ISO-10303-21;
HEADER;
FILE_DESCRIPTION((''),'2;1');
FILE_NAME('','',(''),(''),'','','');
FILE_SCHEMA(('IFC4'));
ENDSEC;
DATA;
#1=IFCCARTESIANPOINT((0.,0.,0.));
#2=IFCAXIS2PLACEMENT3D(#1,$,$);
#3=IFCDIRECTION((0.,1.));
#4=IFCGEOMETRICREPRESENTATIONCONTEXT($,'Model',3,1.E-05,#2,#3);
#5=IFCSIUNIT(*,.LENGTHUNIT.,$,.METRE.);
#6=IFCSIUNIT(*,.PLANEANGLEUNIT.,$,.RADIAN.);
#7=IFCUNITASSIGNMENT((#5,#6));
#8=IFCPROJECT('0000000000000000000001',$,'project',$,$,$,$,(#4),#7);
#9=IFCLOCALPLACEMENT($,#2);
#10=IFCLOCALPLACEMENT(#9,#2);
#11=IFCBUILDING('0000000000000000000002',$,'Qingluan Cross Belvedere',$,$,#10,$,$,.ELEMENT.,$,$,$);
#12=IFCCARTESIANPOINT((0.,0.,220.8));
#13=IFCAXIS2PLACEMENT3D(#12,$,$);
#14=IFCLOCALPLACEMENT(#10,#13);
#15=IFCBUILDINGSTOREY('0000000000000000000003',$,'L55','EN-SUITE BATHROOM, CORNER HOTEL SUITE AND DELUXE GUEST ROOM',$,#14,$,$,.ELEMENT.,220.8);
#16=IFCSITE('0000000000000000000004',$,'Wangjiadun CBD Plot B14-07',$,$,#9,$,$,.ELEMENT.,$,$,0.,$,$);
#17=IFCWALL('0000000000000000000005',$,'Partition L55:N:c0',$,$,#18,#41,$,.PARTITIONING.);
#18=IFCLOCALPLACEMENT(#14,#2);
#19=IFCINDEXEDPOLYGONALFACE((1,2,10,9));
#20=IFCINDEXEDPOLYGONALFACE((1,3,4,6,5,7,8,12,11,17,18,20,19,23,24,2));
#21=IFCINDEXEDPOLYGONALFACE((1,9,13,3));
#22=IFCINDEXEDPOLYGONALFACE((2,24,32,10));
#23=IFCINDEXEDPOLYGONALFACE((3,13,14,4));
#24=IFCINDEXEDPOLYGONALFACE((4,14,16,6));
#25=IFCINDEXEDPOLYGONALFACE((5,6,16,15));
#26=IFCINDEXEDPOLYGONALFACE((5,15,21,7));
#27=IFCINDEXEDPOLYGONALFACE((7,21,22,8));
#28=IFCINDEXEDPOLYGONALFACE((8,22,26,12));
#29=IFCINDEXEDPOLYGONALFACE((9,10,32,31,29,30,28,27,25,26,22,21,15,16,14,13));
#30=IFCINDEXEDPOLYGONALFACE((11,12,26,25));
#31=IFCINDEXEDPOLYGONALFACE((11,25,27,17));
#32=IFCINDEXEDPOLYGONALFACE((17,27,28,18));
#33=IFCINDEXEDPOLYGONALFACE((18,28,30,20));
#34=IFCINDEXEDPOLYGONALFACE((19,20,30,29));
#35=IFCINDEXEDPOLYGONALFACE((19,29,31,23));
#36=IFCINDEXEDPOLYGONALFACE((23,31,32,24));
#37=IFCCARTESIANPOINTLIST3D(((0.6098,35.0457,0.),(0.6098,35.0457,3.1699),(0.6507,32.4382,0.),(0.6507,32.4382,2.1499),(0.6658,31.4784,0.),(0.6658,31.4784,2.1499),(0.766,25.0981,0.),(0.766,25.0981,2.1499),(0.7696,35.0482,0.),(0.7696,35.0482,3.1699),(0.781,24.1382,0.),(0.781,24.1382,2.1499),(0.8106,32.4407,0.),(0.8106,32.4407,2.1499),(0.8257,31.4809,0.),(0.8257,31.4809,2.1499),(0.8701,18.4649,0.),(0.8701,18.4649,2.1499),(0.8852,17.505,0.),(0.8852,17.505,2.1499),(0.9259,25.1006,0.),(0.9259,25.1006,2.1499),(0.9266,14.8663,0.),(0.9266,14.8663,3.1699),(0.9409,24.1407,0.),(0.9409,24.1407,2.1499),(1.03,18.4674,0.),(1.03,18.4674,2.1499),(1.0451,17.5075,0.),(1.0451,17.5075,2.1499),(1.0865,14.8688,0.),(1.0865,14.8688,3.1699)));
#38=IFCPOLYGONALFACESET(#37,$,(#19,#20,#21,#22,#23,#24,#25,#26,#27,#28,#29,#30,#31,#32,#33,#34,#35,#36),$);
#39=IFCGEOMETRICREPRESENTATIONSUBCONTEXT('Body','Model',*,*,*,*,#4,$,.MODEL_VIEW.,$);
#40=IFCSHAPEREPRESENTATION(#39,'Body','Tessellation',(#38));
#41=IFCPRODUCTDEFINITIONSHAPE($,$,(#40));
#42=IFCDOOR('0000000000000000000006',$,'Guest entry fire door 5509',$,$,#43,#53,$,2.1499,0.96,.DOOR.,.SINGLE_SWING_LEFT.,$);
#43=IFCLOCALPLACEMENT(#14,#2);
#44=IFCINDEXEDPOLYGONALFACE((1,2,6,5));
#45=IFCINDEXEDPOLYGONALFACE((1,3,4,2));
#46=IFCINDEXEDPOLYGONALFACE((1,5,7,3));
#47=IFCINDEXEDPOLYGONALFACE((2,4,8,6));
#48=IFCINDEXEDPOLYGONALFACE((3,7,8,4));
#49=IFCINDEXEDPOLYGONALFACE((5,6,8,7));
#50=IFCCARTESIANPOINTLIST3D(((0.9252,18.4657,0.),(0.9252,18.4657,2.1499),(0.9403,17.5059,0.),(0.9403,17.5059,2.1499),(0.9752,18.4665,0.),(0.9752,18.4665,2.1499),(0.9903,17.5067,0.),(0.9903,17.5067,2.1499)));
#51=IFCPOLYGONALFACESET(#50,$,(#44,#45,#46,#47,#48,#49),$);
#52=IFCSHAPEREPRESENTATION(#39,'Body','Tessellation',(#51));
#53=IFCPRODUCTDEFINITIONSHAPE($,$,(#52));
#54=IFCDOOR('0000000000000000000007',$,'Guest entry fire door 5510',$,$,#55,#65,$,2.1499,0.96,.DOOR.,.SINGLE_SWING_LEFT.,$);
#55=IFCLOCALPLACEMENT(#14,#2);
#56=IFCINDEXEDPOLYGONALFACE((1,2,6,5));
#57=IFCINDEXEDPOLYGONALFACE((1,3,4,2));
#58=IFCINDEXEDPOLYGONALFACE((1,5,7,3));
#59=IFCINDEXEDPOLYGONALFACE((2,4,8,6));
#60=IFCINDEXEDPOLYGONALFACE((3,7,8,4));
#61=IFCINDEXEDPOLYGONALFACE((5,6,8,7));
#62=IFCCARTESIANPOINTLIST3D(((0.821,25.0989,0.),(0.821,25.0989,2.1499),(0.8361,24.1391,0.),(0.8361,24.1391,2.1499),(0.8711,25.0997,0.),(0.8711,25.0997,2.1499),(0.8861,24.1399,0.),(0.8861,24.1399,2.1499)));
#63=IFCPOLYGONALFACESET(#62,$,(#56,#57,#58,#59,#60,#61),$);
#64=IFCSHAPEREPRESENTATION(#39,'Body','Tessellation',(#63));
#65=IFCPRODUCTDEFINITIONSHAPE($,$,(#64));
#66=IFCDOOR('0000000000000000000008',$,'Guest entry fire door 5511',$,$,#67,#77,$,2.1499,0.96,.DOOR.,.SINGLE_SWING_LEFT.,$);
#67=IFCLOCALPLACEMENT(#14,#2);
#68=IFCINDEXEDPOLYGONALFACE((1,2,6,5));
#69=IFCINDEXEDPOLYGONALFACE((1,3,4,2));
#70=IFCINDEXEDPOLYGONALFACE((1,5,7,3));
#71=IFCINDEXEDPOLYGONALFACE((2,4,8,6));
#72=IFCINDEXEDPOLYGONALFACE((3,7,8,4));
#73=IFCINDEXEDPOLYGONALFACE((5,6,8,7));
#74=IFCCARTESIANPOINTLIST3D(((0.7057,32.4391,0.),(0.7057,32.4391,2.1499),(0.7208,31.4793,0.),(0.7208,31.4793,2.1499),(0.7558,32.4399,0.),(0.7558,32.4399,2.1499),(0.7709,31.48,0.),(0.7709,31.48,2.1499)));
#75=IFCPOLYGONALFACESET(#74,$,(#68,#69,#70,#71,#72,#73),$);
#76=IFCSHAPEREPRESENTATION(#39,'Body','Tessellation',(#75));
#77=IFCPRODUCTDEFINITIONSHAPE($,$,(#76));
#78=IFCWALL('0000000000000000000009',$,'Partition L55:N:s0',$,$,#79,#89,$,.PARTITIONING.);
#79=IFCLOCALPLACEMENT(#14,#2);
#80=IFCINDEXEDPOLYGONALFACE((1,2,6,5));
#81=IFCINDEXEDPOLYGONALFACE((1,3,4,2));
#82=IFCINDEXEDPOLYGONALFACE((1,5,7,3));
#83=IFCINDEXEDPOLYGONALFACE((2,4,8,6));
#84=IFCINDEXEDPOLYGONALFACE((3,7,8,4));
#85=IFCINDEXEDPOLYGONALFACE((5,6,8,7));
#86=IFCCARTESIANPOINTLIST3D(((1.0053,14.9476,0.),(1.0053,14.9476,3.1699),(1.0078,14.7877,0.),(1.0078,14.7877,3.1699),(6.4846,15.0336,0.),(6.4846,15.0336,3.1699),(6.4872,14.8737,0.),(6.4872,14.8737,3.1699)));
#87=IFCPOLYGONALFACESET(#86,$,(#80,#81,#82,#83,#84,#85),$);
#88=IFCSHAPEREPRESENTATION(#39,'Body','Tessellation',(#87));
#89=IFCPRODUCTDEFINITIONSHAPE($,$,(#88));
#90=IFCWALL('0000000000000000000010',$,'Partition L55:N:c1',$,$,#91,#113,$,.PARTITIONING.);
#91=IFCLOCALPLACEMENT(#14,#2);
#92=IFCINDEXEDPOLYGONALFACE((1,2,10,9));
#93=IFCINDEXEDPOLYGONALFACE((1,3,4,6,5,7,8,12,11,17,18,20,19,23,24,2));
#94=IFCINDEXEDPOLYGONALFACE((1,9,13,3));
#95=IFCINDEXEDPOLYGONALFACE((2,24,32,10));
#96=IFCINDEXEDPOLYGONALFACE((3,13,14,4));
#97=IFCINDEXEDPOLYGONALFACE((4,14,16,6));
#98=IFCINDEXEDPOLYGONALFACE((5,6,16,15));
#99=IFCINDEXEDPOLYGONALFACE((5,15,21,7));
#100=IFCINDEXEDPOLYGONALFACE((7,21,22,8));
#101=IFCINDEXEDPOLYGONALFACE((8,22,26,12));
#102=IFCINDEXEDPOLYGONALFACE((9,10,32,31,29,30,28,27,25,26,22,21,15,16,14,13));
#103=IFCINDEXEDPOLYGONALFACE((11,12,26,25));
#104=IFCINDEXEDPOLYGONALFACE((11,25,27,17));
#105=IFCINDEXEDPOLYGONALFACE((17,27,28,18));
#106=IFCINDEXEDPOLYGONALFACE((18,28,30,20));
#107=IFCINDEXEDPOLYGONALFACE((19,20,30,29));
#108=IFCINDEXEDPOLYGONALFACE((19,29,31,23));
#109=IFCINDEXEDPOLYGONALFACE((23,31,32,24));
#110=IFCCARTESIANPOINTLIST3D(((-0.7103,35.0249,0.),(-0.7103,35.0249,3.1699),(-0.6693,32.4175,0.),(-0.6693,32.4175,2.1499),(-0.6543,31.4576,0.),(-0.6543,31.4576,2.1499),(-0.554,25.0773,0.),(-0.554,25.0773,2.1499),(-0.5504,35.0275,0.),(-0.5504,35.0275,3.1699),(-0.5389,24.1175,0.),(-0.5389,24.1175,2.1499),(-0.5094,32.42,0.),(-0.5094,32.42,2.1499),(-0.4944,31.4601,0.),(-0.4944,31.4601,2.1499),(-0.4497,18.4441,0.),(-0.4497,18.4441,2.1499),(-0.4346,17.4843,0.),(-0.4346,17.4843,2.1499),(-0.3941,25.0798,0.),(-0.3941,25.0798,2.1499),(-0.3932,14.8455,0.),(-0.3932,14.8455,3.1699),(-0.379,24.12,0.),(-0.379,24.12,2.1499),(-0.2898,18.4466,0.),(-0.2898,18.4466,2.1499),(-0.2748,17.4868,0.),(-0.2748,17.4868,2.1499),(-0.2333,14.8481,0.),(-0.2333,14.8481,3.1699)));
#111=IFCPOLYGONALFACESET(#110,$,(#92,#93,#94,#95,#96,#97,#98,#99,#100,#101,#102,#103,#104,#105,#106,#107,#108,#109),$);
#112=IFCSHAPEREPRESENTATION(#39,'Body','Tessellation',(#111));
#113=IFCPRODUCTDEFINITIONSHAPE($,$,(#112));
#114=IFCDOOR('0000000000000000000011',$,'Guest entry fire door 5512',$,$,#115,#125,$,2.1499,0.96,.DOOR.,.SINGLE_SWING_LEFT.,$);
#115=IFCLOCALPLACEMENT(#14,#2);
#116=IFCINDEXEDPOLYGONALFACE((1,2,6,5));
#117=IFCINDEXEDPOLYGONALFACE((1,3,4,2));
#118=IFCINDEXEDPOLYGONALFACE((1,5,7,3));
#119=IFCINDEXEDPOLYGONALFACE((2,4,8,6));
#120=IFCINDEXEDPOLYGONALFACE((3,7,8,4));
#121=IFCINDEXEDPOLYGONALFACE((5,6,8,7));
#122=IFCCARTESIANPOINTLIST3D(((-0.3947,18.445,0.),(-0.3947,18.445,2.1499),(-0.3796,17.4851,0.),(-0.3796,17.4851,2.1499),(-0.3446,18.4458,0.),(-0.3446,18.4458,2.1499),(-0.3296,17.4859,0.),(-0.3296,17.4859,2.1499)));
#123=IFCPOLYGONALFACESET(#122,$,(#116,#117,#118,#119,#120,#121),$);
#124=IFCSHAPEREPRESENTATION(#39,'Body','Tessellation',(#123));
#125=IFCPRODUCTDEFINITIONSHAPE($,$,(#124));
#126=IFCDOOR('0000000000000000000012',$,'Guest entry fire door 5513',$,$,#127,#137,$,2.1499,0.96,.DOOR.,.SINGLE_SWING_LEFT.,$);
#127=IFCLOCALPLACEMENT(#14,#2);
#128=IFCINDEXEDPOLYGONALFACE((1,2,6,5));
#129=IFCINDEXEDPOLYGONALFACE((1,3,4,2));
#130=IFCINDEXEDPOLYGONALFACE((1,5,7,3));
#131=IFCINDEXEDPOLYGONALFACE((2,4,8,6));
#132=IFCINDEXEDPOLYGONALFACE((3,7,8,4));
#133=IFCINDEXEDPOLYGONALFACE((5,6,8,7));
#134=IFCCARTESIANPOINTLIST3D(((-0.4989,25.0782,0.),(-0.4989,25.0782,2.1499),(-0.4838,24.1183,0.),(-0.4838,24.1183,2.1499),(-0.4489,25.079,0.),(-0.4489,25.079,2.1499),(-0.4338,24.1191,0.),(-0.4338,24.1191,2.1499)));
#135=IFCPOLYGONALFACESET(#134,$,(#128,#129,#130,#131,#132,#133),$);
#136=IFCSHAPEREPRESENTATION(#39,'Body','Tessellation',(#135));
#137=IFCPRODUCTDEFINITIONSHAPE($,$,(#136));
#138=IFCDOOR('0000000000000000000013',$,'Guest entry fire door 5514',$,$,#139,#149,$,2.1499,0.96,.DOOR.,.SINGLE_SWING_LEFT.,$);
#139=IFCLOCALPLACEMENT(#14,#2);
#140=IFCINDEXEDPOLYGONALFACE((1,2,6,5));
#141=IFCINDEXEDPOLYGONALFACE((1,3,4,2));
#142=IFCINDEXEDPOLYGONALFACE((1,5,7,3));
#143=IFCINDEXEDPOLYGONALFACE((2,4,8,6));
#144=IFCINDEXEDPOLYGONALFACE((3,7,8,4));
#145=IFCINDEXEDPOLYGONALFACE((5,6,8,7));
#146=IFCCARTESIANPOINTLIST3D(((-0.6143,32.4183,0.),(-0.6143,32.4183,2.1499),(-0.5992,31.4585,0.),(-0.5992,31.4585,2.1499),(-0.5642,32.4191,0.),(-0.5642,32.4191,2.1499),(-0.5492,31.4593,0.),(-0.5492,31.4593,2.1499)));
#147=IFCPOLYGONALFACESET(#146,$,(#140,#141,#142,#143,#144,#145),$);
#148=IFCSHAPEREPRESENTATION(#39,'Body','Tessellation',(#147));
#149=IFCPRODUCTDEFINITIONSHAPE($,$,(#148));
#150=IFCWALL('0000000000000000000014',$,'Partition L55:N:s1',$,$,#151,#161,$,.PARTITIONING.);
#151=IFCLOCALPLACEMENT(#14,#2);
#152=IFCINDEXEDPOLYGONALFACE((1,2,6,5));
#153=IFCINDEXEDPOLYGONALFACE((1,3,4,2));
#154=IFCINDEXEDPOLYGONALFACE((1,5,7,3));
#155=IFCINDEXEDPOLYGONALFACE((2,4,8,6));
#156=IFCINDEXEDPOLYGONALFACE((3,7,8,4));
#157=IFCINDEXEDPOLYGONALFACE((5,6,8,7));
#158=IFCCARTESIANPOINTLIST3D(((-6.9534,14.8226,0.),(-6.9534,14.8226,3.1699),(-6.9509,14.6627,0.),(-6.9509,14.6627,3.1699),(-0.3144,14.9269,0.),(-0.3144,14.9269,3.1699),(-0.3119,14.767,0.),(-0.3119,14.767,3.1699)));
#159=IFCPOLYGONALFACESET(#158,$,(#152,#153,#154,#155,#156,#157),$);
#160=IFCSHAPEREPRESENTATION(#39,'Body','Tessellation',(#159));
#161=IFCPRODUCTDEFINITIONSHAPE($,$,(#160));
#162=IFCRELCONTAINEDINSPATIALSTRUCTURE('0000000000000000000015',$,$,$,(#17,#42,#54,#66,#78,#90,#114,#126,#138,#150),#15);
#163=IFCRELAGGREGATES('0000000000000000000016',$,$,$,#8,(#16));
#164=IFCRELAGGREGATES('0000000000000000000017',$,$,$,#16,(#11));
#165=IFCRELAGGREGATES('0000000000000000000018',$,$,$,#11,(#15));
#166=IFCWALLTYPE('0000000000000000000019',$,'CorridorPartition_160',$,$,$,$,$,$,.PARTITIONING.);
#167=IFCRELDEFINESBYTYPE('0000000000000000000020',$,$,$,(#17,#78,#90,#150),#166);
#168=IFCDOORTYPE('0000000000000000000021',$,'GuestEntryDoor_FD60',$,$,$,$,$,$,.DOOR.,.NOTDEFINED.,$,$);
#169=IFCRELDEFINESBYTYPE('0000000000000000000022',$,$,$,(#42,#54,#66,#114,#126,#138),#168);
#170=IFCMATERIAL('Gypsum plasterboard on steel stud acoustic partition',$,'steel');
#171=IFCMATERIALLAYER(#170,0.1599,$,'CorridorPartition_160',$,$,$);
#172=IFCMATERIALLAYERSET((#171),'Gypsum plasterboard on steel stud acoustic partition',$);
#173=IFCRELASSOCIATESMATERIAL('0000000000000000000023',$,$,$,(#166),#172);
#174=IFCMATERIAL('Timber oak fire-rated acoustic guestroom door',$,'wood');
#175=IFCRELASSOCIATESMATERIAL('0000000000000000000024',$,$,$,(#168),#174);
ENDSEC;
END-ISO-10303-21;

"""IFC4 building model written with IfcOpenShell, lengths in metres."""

from ifc_helpers import new_model, si_unit, direction, frame, frame_2d, origin, place, context, subcontext, project, spatial, rectangle, extrude, material, layer, layer_set, type_object, element, fill, save


model = new_model("IFC4")

# Units and contexts
model_context = context("Model", 3, precision=1e-05, world=origin(), true_north=direction((0.0, 1.0)))
body_context = subcontext(model_context, "Body", "Model", "MODEL_VIEW")
ifc_project = project(units=[si_unit("LENGTHUNIT", "METRE"), si_unit("PLANEANGLEUNIT", "RADIAN")], contexts=[model_context])

# Site, building, storey
site_placement = place(None, origin())
site = spatial("IfcSite", under=ifc_project, at=site_placement, Name="Wangjiadun CBD Plot B14-07", CompositionType="ELEMENT", RefElevation=0.0)
building_placement = place(site_placement, origin())
building = spatial("IfcBuilding", under=site, at=building_placement, Name="Qingluan Cross Belvedere", CompositionType="ELEMENT")
storey_placement = place(building_placement, frame((0.0, 0.0, 220.8)))
storey = spatial("IfcBuildingStorey", under=building, at=storey_placement, Name="L55", Description="EN-SUITE BATHROOM, CORNER HOTEL SUITE AND DELUXE GUEST ROOM", CompositionType="ELEMENT", Elevation=220.8)

# Shared definitions
ifc_material_1 = material(Name="Gypsum plasterboard on steel stud acoustic partition", Category="steel")
ifc_layer_1 = layer(ifc_material_1, 0.1599, Name="CorridorPartition_160")
ifc_layer_set_1 = layer_set([ifc_layer_1], Name="Gypsum plasterboard on steel stud acoustic partition")
wall_type_1 = type_object("IfcWallType", Name="CorridorPartition_160", PredefinedType="PARTITIONING", material=ifc_layer_set_1)

# Wall, openings, doors
wall_1_placement = place(storey_placement, frame((1.0066, 14.8677, 0.0), z_axis=(0.0, 0.0, 1.0), x_axis=(-0.015702, 0.999877, 0.0)))
wall_1 = element("IfcWall", 1, at=wall_1_placement, inside=storey, type_object=wall_type_1, Name="Partition L55:N:c0", PredefinedType="PARTITIONING", context=body_context, shape_type="SweptSolid", body=[
    extrude(rectangle(XDim=20.1819, YDim=0.1599, at=frame_2d((10.0908, 0.0))), origin(), (0.0, 0.0, 1.0), 3.1699),
])
opening_1_placement = place(wall_1_placement, frame((2.6389, 0.0, 0.0)))
opening_1 = element("IfcOpeningElement", 2, at=opening_1_placement, cuts=wall_1, PredefinedType="OPENING", context=body_context, shape_type="SweptSolid", body=[
    extrude(rectangle(XDim=0.96, YDim=2.1499, at=frame_2d((0.48, 1.075))), frame((0.0, 0.0898, 0.0), z_axis=(0.0, -1.0, 0.0), x_axis=(1.0, 0.0, 0.0)), (0.0, 0.0, 1.0), 0.1799),
])
opening_2_placement = place(wall_1_placement, frame((9.2729, 0.0, 0.0)))
opening_2 = element("IfcOpeningElement", 3, at=opening_2_placement, cuts=wall_1, PredefinedType="OPENING", context=body_context, shape_type="SweptSolid", body=[
    extrude(rectangle(XDim=0.96, YDim=2.1499, at=frame_2d((0.48, 1.075))), frame((0.0, 0.0898, 0.0), z_axis=(0.0, -1.0, 0.0), x_axis=(1.0, 0.0, 0.0)), (0.0, 0.0, 1.0), 0.1799),
])
opening_3_placement = place(wall_1_placement, frame((16.614, 0.0, 0.0)))
opening_3 = element("IfcOpeningElement", 4, at=opening_3_placement, cuts=wall_1, PredefinedType="OPENING", context=body_context, shape_type="SweptSolid", body=[
    extrude(rectangle(XDim=0.96, YDim=2.1499, at=frame_2d((0.48, 1.075))), frame((0.0, 0.0898, 0.0), z_axis=(0.0, -1.0, 0.0), x_axis=(1.0, 0.0, 0.0)), (0.0, 0.0, 1.0), 0.1799),
])
ifc_material_2 = material(Name="Timber oak fire-rated acoustic guestroom door", Category="wood")
door_type = type_object("IfcDoorType", Name="GuestEntryDoor_FD60", OperationType="NOTDEFINED", PredefinedType="DOOR", material=ifc_material_2)
door_1_placement = place(opening_1_placement, origin())
door_1 = element("IfcDoor", 5, at=door_1_placement, inside=storey, type_object=door_type, Name="Guest entry fire door 5509", OperationType="SINGLE_SWING_LEFT", OverallHeight=2.1499, OverallWidth=0.96, PredefinedType="DOOR", context=body_context, shape_type="SweptSolid", body=[
    extrude(rectangle(XDim=0.96, YDim=2.1499, at=frame_2d((0.48, 1.075))), frame((0.0, 0.0249, 0.0), z_axis=(0.0, -1.0, 0.0), x_axis=(1.0, 0.0, 0.0)), (0.0, 0.0, 1.0), 0.05),
])
fill(opening_1, door_1)
door_2_placement = place(opening_2_placement, origin())
door_2 = element("IfcDoor", 6, at=door_2_placement, inside=storey, type_object=door_type, Name="Guest entry fire door 5510", OperationType="SINGLE_SWING_LEFT", OverallHeight=2.1499, OverallWidth=0.96, PredefinedType="DOOR", context=body_context, shape_type="SweptSolid", body=[
    extrude(rectangle(XDim=0.96, YDim=2.1499, at=frame_2d((0.48, 1.075))), frame((0.0, 0.0249, 0.0), z_axis=(0.0, -1.0, 0.0), x_axis=(1.0, 0.0, 0.0)), (0.0, 0.0, 1.0), 0.05),
])
fill(opening_2, door_2)
door_3_placement = place(opening_3_placement, origin())
door_3 = element("IfcDoor", 7, at=door_3_placement, inside=storey, type_object=door_type, Name="Guest entry fire door 5511", OperationType="SINGLE_SWING_LEFT", OverallHeight=2.1499, OverallWidth=0.96, PredefinedType="DOOR", context=body_context, shape_type="SweptSolid", body=[
    extrude(rectangle(XDim=0.96, YDim=2.1499, at=frame_2d((0.48, 1.075))), frame((0.0, 0.0249, 0.0), z_axis=(0.0, -1.0, 0.0), x_axis=(1.0, 0.0, 0.0)), (0.0, 0.0, 1.0), 0.05),
])
fill(opening_3, door_3)

# Wall
wall_2_placement = place(storey_placement, frame((1.0066, 14.8677, 0.0), z_axis=(0.0, 0.0, 1.0), x_axis=(0.999877, 0.015682, 0.0)))
element("IfcWall", 8, at=wall_2_placement, inside=storey, type_object=wall_type_1, Name="Partition L55:N:s0", PredefinedType="PARTITIONING", context=body_context, shape_type="SweptSolid", body=[
    extrude(rectangle(XDim=5.48, YDim=0.1599, at=frame_2d((2.74, 0.0))), origin(), (0.0, 0.0, 1.0), 3.1699),
])

# Wall, openings, doors
wall_3_placement = place(storey_placement, frame((-0.3132, 14.8469, 0.0), z_axis=(0.0, 0.0, 1.0), x_axis=(-0.015714, 0.999877, 0.0)))
wall_3 = element("IfcWall", 9, at=wall_3_placement, inside=storey, type_object=wall_type_1, Name="Partition L55:N:c1", PredefinedType="PARTITIONING", context=body_context, shape_type="SweptSolid", body=[
    extrude(rectangle(XDim=20.1819, YDim=0.1599, at=frame_2d((10.0908, 0.0))), origin(), (0.0, 0.0, 1.0), 3.1699),
])
opening_4_placement = place(wall_3_placement, frame((2.6389, 0.0, 0.0)))
opening_4 = element("IfcOpeningElement", 10, at=opening_4_placement, cuts=wall_3, PredefinedType="OPENING", context=body_context, shape_type="SweptSolid", body=[
    extrude(rectangle(XDim=0.96, YDim=2.1499, at=frame_2d((0.48, 1.075))), frame((0.0, 0.0898, 0.0), z_axis=(0.0, -1.0, 0.0), x_axis=(1.0, 0.0, 0.0)), (0.0, 0.0, 1.0), 0.1799),
])
opening_5_placement = place(wall_3_placement, frame((9.2729, 0.0, 0.0)))
opening_5 = element("IfcOpeningElement", 11, at=opening_5_placement, cuts=wall_3, PredefinedType="OPENING", context=body_context, shape_type="SweptSolid", body=[
    extrude(rectangle(XDim=0.96, YDim=2.1499, at=frame_2d((0.48, 1.075))), frame((0.0, 0.0898, 0.0), z_axis=(0.0, -1.0, 0.0), x_axis=(1.0, 0.0, 0.0)), (0.0, 0.0, 1.0), 0.1799),
])
opening_6_placement = place(wall_3_placement, frame((16.614, 0.0, 0.0)))
opening_6 = element("IfcOpeningElement", 12, at=opening_6_placement, cuts=wall_3, PredefinedType="OPENING", context=body_context, shape_type="SweptSolid", body=[
    extrude(rectangle(XDim=0.96, YDim=2.1499, at=frame_2d((0.48, 1.075))), frame((0.0, 0.0898, 0.0), z_axis=(0.0, -1.0, 0.0), x_axis=(1.0, 0.0, 0.0)), (0.0, 0.0, 1.0), 0.1799),
])
door_4_placement = place(opening_4_placement, origin())
door_4 = element("IfcDoor", 13, at=door_4_placement, inside=storey, type_object=door_type, Name="Guest entry fire door 5512", OperationType="SINGLE_SWING_LEFT", OverallHeight=2.1499, OverallWidth=0.96, PredefinedType="DOOR", context=body_context, shape_type="SweptSolid", body=[
    extrude(rectangle(XDim=0.96, YDim=2.1499, at=frame_2d((0.48, 1.075))), frame((0.0, 0.0249, 0.0), z_axis=(0.0, -1.0, 0.0), x_axis=(1.0, 0.0, 0.0)), (0.0, 0.0, 1.0), 0.05),
])
fill(opening_4, door_4)
door_5_placement = place(opening_5_placement, origin())
door_5 = element("IfcDoor", 14, at=door_5_placement, inside=storey, type_object=door_type, Name="Guest entry fire door 5513", OperationType="SINGLE_SWING_LEFT", OverallHeight=2.1499, OverallWidth=0.96, PredefinedType="DOOR", context=body_context, shape_type="SweptSolid", body=[
    extrude(rectangle(XDim=0.96, YDim=2.1499, at=frame_2d((0.48, 1.075))), frame((0.0, 0.0249, 0.0), z_axis=(0.0, -1.0, 0.0), x_axis=(1.0, 0.0, 0.0)), (0.0, 0.0, 1.0), 0.05),
])
fill(opening_5, door_5)
door_6_placement = place(opening_6_placement, origin())
door_6 = element("IfcDoor", 15, at=door_6_placement, inside=storey, type_object=door_type, Name="Guest entry fire door 5514", OperationType="SINGLE_SWING_LEFT", OverallHeight=2.1499, OverallWidth=0.96, PredefinedType="DOOR", context=body_context, shape_type="SweptSolid", body=[
    extrude(rectangle(XDim=0.96, YDim=2.1499, at=frame_2d((0.48, 1.075))), frame((0.0, 0.0249, 0.0), z_axis=(0.0, -1.0, 0.0), x_axis=(1.0, 0.0, 0.0)), (0.0, 0.0, 1.0), 0.05),
])
fill(opening_6, door_6)

# Wall
wall_4_placement = place(storey_placement, frame((-0.3132, 14.8469, 0.0), z_axis=(0.0, 0.0, 1.0), x_axis=(-0.999877, -0.0157, 0.0)))
element("IfcWall", 16, at=wall_4_placement, inside=storey, type_object=wall_type_1, Name="Partition L55:N:s1", PredefinedType="PARTITIONING", context=body_context, shape_type="SweptSolid", body=[
    extrude(rectangle(XDim=6.6399, YDim=0.1599, at=frame_2d((3.3198, 0.0))), origin(), (0.0, 0.0, 1.0), 3.1699),
])

save(model, "model.ifc")
